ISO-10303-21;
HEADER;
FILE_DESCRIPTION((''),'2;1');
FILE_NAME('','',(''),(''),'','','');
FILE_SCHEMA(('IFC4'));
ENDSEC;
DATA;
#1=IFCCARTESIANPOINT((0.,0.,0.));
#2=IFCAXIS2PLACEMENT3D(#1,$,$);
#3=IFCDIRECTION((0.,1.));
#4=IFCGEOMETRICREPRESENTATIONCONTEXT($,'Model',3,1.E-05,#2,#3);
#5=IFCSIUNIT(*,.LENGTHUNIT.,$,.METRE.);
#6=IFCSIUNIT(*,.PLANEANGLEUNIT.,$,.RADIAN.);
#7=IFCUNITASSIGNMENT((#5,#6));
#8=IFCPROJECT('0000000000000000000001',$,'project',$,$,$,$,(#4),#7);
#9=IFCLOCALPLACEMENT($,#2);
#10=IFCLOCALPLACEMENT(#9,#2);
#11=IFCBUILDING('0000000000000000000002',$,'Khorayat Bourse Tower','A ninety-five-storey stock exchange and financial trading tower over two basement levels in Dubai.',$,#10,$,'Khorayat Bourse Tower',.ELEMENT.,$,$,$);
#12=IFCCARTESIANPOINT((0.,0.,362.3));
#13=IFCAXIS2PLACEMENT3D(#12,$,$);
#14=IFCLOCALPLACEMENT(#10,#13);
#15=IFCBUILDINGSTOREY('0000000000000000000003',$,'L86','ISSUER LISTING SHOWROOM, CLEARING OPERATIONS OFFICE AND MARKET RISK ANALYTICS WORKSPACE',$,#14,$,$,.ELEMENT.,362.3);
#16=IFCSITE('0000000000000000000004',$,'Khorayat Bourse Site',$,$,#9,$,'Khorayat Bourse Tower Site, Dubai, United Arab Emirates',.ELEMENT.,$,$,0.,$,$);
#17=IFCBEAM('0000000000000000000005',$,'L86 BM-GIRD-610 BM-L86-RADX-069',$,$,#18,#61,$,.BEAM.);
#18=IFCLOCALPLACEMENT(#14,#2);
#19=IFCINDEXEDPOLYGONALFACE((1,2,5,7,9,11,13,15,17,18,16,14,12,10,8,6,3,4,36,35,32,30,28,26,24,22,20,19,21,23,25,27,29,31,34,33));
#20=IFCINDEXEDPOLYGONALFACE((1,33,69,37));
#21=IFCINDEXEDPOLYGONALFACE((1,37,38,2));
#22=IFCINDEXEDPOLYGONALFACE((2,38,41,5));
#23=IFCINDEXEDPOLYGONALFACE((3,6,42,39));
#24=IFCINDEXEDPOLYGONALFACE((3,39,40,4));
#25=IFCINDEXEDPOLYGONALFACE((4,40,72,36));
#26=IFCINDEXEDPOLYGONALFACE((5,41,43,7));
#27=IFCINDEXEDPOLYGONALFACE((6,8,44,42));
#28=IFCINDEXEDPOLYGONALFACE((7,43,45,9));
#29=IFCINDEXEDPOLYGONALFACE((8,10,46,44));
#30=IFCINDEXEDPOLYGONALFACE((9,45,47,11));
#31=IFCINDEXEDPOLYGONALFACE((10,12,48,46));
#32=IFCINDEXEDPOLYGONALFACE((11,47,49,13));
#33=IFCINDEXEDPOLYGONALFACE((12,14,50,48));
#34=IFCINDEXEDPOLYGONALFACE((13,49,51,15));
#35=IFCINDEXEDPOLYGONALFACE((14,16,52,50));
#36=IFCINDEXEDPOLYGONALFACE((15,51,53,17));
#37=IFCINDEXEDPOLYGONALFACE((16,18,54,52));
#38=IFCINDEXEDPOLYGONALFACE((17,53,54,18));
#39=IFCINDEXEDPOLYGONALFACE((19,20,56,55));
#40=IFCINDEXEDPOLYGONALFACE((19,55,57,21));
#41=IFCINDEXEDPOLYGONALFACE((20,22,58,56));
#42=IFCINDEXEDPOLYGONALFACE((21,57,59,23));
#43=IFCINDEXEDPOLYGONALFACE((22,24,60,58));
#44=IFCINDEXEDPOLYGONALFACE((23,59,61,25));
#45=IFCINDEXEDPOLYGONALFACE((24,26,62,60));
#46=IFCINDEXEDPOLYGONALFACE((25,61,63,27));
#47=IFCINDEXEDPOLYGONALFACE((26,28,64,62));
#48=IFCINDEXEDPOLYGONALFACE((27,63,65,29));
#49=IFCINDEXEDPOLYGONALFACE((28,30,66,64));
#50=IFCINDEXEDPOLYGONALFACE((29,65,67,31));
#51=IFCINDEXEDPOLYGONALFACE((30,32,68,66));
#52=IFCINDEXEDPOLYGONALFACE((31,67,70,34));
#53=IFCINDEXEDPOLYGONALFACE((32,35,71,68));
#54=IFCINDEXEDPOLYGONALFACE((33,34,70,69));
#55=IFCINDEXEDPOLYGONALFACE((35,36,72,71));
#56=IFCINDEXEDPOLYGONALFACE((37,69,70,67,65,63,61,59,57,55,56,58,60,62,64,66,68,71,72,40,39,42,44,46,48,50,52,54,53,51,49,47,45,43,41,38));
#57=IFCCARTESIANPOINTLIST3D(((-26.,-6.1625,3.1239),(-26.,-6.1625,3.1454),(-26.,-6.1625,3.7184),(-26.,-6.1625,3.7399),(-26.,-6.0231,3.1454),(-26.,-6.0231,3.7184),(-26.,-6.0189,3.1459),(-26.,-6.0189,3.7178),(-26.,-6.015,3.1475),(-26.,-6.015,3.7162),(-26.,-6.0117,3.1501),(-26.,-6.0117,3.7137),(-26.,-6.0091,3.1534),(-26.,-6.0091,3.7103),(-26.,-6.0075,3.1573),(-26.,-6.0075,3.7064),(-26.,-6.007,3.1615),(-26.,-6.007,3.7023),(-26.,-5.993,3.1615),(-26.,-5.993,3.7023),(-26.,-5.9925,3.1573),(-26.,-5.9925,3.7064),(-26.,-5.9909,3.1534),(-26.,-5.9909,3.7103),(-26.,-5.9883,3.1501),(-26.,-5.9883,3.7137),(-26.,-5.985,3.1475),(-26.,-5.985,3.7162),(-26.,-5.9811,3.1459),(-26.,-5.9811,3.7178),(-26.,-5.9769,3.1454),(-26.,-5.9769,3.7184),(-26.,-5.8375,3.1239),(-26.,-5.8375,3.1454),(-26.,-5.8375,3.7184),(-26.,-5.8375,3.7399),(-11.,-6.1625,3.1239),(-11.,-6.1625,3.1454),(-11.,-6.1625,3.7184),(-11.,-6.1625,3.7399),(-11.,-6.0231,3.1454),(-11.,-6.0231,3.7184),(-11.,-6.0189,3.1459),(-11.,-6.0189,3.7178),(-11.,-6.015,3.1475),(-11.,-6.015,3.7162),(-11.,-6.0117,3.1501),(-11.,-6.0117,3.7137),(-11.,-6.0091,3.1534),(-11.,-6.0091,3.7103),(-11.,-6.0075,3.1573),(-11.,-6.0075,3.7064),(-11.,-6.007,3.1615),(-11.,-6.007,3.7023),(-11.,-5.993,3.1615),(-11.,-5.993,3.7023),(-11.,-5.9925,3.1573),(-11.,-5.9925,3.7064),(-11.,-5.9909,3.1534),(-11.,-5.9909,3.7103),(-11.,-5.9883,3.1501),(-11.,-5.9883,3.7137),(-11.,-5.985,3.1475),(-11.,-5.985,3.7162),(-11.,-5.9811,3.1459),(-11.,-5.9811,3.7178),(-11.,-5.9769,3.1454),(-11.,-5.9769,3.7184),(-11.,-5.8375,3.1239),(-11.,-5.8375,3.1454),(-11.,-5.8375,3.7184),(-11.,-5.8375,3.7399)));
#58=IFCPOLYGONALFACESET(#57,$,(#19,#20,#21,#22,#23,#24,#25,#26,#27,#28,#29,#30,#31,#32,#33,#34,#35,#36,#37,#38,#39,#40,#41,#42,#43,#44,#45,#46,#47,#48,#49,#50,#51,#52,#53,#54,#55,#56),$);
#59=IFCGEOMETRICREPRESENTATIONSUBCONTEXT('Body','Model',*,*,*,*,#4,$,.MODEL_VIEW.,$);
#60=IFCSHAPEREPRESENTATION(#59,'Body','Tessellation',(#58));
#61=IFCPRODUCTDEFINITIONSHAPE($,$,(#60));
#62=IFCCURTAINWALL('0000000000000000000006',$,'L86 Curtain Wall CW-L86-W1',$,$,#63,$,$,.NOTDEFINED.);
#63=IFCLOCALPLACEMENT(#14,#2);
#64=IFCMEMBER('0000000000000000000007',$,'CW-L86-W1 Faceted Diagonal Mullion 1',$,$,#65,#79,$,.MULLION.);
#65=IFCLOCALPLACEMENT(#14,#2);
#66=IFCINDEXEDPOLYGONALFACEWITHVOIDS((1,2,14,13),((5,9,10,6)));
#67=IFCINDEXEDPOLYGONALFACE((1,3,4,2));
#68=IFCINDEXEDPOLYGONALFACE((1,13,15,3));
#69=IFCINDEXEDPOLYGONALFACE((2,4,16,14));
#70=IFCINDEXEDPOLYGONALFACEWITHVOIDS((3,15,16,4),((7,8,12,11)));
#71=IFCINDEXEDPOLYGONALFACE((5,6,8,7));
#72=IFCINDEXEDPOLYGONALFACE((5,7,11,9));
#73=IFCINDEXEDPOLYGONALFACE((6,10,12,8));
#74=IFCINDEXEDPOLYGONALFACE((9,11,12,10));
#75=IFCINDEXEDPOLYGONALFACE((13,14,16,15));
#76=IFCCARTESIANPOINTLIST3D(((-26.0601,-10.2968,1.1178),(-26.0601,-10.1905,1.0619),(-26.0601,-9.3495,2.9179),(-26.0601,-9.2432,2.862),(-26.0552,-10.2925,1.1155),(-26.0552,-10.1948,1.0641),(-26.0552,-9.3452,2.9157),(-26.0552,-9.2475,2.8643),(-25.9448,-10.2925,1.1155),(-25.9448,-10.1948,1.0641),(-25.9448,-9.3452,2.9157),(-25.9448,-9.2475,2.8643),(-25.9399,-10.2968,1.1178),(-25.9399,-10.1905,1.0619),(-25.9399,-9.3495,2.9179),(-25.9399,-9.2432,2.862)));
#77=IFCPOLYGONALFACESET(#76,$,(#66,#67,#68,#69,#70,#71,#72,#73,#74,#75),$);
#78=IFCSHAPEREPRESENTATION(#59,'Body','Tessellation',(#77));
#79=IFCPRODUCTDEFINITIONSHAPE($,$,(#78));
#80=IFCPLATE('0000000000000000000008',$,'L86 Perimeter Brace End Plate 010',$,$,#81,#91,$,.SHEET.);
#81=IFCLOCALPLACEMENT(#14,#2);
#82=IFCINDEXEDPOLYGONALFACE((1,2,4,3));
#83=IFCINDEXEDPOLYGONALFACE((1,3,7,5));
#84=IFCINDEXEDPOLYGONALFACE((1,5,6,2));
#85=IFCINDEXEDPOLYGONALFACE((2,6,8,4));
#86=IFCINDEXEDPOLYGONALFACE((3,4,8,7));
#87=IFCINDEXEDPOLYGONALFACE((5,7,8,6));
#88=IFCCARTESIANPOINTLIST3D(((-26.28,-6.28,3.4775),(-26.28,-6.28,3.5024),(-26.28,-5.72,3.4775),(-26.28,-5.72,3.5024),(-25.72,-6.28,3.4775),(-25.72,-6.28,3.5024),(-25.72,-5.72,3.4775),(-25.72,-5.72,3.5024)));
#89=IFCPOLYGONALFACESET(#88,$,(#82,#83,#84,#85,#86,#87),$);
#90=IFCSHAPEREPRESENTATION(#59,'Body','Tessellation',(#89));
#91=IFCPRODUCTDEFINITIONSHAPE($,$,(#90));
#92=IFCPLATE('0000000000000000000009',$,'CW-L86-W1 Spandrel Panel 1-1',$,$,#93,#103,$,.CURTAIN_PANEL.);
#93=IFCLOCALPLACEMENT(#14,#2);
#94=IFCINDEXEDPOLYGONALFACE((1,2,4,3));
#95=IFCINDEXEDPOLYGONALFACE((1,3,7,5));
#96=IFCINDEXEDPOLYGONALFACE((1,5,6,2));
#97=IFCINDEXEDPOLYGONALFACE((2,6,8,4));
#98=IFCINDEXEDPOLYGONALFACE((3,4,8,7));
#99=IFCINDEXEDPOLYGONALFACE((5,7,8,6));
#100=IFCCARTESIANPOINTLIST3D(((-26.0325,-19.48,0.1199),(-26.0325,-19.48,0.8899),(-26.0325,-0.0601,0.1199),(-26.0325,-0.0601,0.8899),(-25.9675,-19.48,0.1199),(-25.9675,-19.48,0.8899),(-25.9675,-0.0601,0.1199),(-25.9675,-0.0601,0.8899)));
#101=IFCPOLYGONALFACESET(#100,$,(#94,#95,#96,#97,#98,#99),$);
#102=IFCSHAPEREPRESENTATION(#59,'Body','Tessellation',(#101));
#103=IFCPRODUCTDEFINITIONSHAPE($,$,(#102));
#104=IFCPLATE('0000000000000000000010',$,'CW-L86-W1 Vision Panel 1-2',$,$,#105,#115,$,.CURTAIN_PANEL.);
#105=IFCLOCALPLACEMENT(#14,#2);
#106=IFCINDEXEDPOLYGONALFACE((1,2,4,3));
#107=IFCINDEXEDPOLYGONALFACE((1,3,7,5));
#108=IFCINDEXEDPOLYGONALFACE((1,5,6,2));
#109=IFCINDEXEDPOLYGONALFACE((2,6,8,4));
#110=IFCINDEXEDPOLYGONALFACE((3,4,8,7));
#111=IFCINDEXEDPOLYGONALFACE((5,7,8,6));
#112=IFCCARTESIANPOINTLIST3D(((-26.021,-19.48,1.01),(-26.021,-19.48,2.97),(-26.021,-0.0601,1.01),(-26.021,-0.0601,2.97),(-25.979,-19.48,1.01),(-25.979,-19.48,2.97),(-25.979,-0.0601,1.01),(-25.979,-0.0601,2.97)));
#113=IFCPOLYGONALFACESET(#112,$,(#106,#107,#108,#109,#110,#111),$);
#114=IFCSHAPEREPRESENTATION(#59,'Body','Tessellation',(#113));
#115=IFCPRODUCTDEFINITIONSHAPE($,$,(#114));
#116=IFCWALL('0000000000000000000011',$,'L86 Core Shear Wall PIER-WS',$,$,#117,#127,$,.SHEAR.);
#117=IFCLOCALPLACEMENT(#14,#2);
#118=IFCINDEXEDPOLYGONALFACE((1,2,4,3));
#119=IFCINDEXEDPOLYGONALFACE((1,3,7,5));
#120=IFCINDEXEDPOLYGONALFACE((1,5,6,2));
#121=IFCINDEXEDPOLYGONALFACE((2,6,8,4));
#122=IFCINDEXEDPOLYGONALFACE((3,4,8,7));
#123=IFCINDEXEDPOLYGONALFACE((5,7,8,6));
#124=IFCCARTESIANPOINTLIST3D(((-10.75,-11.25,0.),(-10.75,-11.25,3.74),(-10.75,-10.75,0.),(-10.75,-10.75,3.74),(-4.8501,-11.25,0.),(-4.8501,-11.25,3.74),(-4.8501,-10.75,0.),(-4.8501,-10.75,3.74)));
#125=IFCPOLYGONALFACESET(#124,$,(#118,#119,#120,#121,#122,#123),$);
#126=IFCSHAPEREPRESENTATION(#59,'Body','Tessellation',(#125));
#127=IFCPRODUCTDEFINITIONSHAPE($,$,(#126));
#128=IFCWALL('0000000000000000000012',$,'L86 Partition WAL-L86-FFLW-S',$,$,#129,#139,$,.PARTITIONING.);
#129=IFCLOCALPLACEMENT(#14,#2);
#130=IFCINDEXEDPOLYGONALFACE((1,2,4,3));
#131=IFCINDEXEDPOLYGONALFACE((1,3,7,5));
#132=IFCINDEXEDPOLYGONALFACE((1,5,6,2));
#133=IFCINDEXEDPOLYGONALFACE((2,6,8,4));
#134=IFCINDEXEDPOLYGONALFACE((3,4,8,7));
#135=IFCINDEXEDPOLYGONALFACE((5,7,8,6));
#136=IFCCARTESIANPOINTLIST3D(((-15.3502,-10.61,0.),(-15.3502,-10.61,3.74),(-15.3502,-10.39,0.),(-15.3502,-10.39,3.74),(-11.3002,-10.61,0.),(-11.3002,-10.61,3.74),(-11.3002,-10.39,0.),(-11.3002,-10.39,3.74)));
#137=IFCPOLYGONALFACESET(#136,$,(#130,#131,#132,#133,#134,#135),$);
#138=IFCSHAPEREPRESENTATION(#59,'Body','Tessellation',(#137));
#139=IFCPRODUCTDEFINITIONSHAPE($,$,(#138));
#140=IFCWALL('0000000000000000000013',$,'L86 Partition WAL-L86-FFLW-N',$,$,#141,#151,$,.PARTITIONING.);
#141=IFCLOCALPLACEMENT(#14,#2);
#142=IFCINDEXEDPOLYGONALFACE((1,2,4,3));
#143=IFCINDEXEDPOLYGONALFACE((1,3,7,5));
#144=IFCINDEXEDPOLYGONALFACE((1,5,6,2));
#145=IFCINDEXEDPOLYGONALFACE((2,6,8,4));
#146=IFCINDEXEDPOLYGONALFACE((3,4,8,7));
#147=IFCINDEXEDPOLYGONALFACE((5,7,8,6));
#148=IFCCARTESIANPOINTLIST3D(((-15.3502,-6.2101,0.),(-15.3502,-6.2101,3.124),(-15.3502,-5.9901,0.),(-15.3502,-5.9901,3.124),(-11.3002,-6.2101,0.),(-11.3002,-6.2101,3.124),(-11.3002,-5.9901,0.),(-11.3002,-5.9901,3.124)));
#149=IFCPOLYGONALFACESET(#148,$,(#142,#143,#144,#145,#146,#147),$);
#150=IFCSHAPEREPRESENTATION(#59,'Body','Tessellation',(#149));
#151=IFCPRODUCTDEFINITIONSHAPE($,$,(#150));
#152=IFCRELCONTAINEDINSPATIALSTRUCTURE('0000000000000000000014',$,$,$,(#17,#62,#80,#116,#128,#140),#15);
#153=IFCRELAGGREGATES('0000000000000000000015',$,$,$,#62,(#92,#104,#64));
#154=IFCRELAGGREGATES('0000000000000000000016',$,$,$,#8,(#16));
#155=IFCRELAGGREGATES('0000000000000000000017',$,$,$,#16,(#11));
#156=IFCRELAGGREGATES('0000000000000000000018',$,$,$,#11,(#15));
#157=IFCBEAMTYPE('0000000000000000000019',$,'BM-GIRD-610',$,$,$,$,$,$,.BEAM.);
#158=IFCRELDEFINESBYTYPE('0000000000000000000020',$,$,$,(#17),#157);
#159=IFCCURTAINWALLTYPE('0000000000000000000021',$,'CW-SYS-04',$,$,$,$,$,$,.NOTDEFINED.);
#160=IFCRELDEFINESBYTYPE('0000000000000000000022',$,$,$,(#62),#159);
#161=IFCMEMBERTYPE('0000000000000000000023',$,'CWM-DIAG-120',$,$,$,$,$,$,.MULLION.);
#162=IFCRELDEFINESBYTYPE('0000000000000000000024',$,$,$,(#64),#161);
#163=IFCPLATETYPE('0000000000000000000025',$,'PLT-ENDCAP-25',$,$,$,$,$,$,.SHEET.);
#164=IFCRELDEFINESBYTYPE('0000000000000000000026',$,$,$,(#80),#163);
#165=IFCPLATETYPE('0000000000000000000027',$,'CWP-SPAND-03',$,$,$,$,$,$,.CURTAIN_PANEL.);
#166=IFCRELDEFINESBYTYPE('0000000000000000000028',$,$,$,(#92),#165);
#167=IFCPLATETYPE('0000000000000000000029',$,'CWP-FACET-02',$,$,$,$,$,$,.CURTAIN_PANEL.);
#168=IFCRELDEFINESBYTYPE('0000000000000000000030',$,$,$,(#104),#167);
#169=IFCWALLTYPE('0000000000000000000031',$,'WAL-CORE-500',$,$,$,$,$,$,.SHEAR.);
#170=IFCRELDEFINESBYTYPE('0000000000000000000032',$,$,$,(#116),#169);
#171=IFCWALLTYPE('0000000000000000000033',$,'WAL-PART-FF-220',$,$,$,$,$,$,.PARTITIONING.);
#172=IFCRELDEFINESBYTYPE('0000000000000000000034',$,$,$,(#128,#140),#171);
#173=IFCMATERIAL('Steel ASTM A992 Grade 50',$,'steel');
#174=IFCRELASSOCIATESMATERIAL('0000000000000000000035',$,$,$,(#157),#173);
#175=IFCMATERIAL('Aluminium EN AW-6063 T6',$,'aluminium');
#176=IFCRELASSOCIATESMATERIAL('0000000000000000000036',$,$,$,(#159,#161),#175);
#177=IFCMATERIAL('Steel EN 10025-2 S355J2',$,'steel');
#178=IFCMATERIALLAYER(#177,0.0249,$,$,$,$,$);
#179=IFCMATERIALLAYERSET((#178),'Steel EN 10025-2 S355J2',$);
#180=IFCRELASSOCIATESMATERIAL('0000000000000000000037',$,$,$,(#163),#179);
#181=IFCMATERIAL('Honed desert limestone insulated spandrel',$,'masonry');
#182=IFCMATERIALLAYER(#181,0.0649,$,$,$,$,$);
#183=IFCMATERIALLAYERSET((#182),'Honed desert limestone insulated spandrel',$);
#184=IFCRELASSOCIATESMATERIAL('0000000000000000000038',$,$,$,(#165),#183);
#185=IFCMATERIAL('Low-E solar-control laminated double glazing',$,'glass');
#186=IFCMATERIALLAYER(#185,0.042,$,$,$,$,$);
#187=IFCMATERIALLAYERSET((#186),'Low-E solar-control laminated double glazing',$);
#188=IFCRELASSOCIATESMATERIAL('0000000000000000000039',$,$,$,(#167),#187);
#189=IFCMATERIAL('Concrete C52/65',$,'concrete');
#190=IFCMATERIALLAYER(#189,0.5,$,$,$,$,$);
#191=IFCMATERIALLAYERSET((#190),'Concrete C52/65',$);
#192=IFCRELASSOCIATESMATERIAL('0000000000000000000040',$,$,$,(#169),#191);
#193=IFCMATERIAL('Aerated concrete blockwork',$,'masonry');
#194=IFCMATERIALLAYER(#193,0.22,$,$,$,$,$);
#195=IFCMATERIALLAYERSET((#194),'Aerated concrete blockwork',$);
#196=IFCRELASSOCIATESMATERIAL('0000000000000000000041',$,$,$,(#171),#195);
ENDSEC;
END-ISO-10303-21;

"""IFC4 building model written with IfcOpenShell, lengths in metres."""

from ifc_helpers import new_model, si_unit, direction, frame, frame_2d, origin, origin_2d, place, context, subcontext, project, spatial, rectangle, hollow_rectangle, i_section, extrude, source, transform, mapped, material, layer, layer_set, material_profile, profile_set, type_object, element, aggregate, save


model = new_model("IFC4")

# Units and contexts
model_context = context("Model", 3, precision=1e-05, world=origin(), true_north=direction((0.0, 1.0)))
body_context = subcontext(model_context, "Body", "Model", "MODEL_VIEW")
ifc_project = project(units=[si_unit("LENGTHUNIT", "METRE"), si_unit("PLANEANGLEUNIT", "RADIAN")], contexts=[model_context])

# Site, building, storey
site_placement = place(None, origin())
site = spatial("IfcSite", under=ifc_project, at=site_placement, Name="Khorayat Bourse Site", LongName="Khorayat Bourse Tower Site, Dubai, United Arab Emirates", CompositionType="ELEMENT", RefElevation=0.0)
building_placement = place(site_placement, origin())
building = spatial("IfcBuilding", under=site, at=building_placement, Name="Khorayat Bourse Tower", Description="A ninety-five-storey stock exchange and financial trading tower over two basement levels in Dubai.", LongName="Khorayat Bourse Tower", CompositionType="ELEMENT")
storey_placement = place(building_placement, frame((0.0, 0.0, 362.3)))
storey = spatial("IfcBuildingStorey", under=building, at=storey_placement, Name="L86", Description="ISSUER LISTING SHOWROOM, CLEARING OPERATIONS OFFICE AND MARKET RISK ANALYTICS WORKSPACE", CompositionType="ELEMENT", Elevation=362.3)

# Shared definitions
ifc_material_1 = material(Name="Concrete C52/65", Category="concrete")
ifc_material_2 = material(Name="Steel EN 10025-2 S355J2", Category="steel")

# Beam
ifc_material_3 = material(Name="Steel ASTM A992 Grade 50", Category="steel")
ifc_material_profile_1 = material_profile(ifc_material_3, i_section(OverallWidth=0.325, OverallDepth=0.616, WebThickness=0.0139, FlangeThickness=0.0215, FilletRadius=0.0161, at=origin_2d()), Name="W610X174")
ifc_profile_set_1 = profile_set([ifc_material_profile_1], Name="Steel ASTM A992 Grade 50")
beam_type_1 = type_object("IfcBeamType", Name="BM-GIRD-610", PredefinedType="BEAM", material=ifc_profile_set_1)
shared_shape_1 = source(origin(), body_context, "Body", "SweptSolid", [
    extrude(i_section(OverallWidth=0.325, OverallDepth=0.616, WebThickness=0.0139, FlangeThickness=0.0215, FilletRadius=0.0161, at=origin_2d()), origin(), (0.0, 0.0, 1.0), 15.0),
])
beam_1_placement = place(storey_placement, frame((-26.0, -6.0, 3.4319), z_axis=(1.0, 0.0, 0.0), x_axis=(0.0, 1.0, 0.0)))
element("IfcBeam", 1, at=beam_1_placement, inside=storey, type_object=beam_type_1, Name="L86 BM-GIRD-610 BM-L86-RADX-069", PredefinedType="BEAM", context=body_context, shape_type="MappedRepresentation", body=[
    mapped(shared_shape_1, transform((0.0, 0.0, 0.0), scale=1.0)),
])

# Curtain wall, member
ifc_material_4 = material(Name="Aluminium EN AW-6063 T6", Category="aluminium")
curtain_wall_type = type_object("IfcCurtainWallType", Name="CW-SYS-04", PredefinedType="NOTDEFINED", material=ifc_material_4)
curtain_wall_placement = place(storey_placement, origin())
curtain_wall = element("IfcCurtainWall", 2, at=curtain_wall_placement, inside=storey, type_object=curtain_wall_type, Name="L86 Curtain Wall CW-L86-W1", PredefinedType="NOTDEFINED")
ifc_material_profile_2 = material_profile(ifc_material_4, hollow_rectangle(XDim=0.1201, YDim=0.1201, WallThickness=0.0049, at=origin_2d()), Name="ALU 120x120x5")
ifc_profile_set_2 = profile_set([ifc_material_profile_2], Name="Aluminium EN AW-6063 T6")
member_type = type_object("IfcMemberType", Name="CWM-DIAG-120", PredefinedType="MULLION", material=ifc_profile_set_2)
shared_shape_2 = source(origin(), body_context, "Body", "SweptSolid", [
    extrude(hollow_rectangle(XDim=0.1201, YDim=0.1201, WallThickness=0.0049, at=origin_2d()), origin(), (0.0, 0.0, 1.0), 2.0342),
])
member_placement = place(storey_placement, frame((-26.0, -10.2437, 1.0898), z_axis=(0.0, 0.465697, 0.884944), x_axis=(-1.0, 0.0, 0.0)))
member = element("IfcMember", 3, at=member_placement, type_object=member_type, Name="CW-L86-W1 Faceted Diagonal Mullion 1", PredefinedType="MULLION", context=body_context, shape_type="MappedRepresentation", body=[
    mapped(shared_shape_2, transform((0.0, 0.0, 0.0), scale=1.0)),
])

# Plates
ifc_layer_1 = layer(ifc_material_2, 0.0249)
ifc_layer_set_1 = layer_set([ifc_layer_1], Name="Steel EN 10025-2 S355J2")
plate_type_1 = type_object("IfcPlateType", Name="PLT-ENDCAP-25", PredefinedType="SHEET", material=ifc_layer_set_1)
shared_shape_3 = source(origin(), body_context, "Body", "SweptSolid", [
    extrude(rectangle(XDim=0.5601, YDim=0.5601, at=origin_2d()), origin(), (0.0, 0.0, 1.0), 0.0249),
])
plate_1_placement = place(storey_placement, frame((-26.0, -6.0, 3.4775), z_axis=(0.0, 0.0, 1.0), x_axis=(1.0, 0.0, 0.0)))
element("IfcPlate", 4, at=plate_1_placement, inside=storey, type_object=plate_type_1, Name="L86 Perimeter Brace End Plate 010", PredefinedType="SHEET", context=body_context, shape_type="MappedRepresentation", body=[
    mapped(shared_shape_3, transform((0.0, 0.0, 0.0), scale=1.0)),
])
ifc_material_5 = material(Name="Honed desert limestone insulated spandrel", Category="masonry")
ifc_layer_2 = layer(ifc_material_5, 0.0649)
ifc_layer_set_2 = layer_set([ifc_layer_2], Name="Honed desert limestone insulated spandrel")
plate_type_2 = type_object("IfcPlateType", Name="CWP-SPAND-03", PredefinedType="CURTAIN_PANEL", material=ifc_layer_set_2)
shared_shape_4 = source(origin(), body_context, "Body", "SweptSolid", [
    extrude(rectangle(XDim=19.4199, YDim=0.0649, at=origin_2d()), origin(), (0.0, 0.0, 1.0), 0.77),
])
plate_2_placement = place(storey_placement, frame((-26.0, -9.77, 0.1199), z_axis=(0.0, 0.0, 1.0), x_axis=(0.0, 1.0, 0.0)))
plate_2 = element("IfcPlate", 5, at=plate_2_placement, type_object=plate_type_2, Name="CW-L86-W1 Spandrel Panel 1-1", PredefinedType="CURTAIN_PANEL", context=body_context, shape_type="MappedRepresentation", body=[
    mapped(shared_shape_4, transform((0.0, 0.0, 0.0), scale=1.0)),
])
ifc_material_6 = material(Name="Low-E solar-control laminated double glazing", Category="glass")
ifc_layer_3 = layer(ifc_material_6, 0.042)
ifc_layer_set_3 = layer_set([ifc_layer_3], Name="Low-E solar-control laminated double glazing")
plate_type_3 = type_object("IfcPlateType", Name="CWP-FACET-02", PredefinedType="CURTAIN_PANEL", material=ifc_layer_set_3)
shared_shape_5 = source(origin(), body_context, "Body", "SweptSolid", [
    extrude(rectangle(XDim=19.4199, YDim=0.042, at=origin_2d()), origin(), (0.0, 0.0, 1.0), 1.96),
])
plate_3_placement = place(storey_placement, frame((-26.0, -9.77, 1.01), z_axis=(0.0, 0.0, 1.0), x_axis=(0.0, 1.0, 0.0)))
plate_3 = element("IfcPlate", 6, at=plate_3_placement, type_object=plate_type_3, Name="CW-L86-W1 Vision Panel 1-2", PredefinedType="CURTAIN_PANEL", context=body_context, shape_type="MappedRepresentation", body=[
    mapped(shared_shape_5, transform((0.0, 0.0, 0.0), scale=1.0)),
])
aggregate(curtain_wall, [plate_2, plate_3, member])

# Walls
ifc_layer_4 = layer(ifc_material_1, 0.5)
ifc_layer_set_4 = layer_set([ifc_layer_4], Name="Concrete C52/65")
wall_type_1 = type_object("IfcWallType", Name="WAL-CORE-500", PredefinedType="SHEAR", material=ifc_layer_set_4)
shared_shape_6 = source(origin(), body_context, "Body", "SweptSolid", [
    extrude(rectangle(XDim=5.8999, YDim=0.5, at=frame_2d((2.95, 0.0))), origin(), (0.0, 0.0, 1.0), 3.74),
])
wall_1_placement = place(storey_placement, frame((-10.75, -11.0, 0.0), z_axis=(0.0, 0.0, 1.0), x_axis=(1.0, 0.0, 0.0)))
element("IfcWall", 7, at=wall_1_placement, inside=storey, type_object=wall_type_1, Name="L86 Core Shear Wall PIER-WS", PredefinedType="SHEAR", context=body_context, shape_type="MappedRepresentation", body=[
    mapped(shared_shape_6, transform((0.0, 0.0, 0.0), scale=1.0)),
])
ifc_material_7 = material(Name="Aerated concrete blockwork", Category="masonry")
ifc_layer_5 = layer(ifc_material_7, 0.22)
ifc_layer_set_5 = layer_set([ifc_layer_5], Name="Aerated concrete blockwork")
wall_type_2 = type_object("IfcWallType", Name="WAL-PART-FF-220", PredefinedType="PARTITIONING", material=ifc_layer_set_5)
shared_shape_7 = source(origin(), body_context, "Body", "SweptSolid", [
    extrude(rectangle(XDim=4.05, YDim=0.22, at=frame_2d((2.0249, 0.0))), origin(), (0.0, 0.0, 1.0), 3.74),
])
wall_2_placement = place(storey_placement, frame((-15.3501, -10.5, 0.0), z_axis=(0.0, 0.0, 1.0), x_axis=(1.0, 0.0, 0.0)))
element("IfcWall", 8, at=wall_2_placement, inside=storey, type_object=wall_type_2, Name="L86 Partition WAL-L86-FFLW-S", PredefinedType="PARTITIONING", context=body_context, shape_type="MappedRepresentation", body=[
    mapped(shared_shape_7, transform((0.0, 0.0, 0.0), scale=1.0)),
])
shared_shape_8 = source(origin(), body_context, "Body", "SweptSolid", [
    extrude(rectangle(XDim=4.05, YDim=0.22, at=frame_2d((2.0249, 0.0))), origin(), (0.0, 0.0, 1.0), 3.124),
])
wall_3_placement = place(storey_placement, frame((-15.3501, -6.1001, 0.0), z_axis=(0.0, 0.0, 1.0), x_axis=(1.0, 0.0, 0.0)))
element("IfcWall", 9, at=wall_3_placement, inside=storey, type_object=wall_type_2, Name="L86 Partition WAL-L86-FFLW-N", PredefinedType="PARTITIONING", context=body_context, shape_type="MappedRepresentation", body=[
    mapped(shared_shape_8, transform((0.0, 0.0, 0.0), scale=1.0)),
])

save(model, "model.ifc")
